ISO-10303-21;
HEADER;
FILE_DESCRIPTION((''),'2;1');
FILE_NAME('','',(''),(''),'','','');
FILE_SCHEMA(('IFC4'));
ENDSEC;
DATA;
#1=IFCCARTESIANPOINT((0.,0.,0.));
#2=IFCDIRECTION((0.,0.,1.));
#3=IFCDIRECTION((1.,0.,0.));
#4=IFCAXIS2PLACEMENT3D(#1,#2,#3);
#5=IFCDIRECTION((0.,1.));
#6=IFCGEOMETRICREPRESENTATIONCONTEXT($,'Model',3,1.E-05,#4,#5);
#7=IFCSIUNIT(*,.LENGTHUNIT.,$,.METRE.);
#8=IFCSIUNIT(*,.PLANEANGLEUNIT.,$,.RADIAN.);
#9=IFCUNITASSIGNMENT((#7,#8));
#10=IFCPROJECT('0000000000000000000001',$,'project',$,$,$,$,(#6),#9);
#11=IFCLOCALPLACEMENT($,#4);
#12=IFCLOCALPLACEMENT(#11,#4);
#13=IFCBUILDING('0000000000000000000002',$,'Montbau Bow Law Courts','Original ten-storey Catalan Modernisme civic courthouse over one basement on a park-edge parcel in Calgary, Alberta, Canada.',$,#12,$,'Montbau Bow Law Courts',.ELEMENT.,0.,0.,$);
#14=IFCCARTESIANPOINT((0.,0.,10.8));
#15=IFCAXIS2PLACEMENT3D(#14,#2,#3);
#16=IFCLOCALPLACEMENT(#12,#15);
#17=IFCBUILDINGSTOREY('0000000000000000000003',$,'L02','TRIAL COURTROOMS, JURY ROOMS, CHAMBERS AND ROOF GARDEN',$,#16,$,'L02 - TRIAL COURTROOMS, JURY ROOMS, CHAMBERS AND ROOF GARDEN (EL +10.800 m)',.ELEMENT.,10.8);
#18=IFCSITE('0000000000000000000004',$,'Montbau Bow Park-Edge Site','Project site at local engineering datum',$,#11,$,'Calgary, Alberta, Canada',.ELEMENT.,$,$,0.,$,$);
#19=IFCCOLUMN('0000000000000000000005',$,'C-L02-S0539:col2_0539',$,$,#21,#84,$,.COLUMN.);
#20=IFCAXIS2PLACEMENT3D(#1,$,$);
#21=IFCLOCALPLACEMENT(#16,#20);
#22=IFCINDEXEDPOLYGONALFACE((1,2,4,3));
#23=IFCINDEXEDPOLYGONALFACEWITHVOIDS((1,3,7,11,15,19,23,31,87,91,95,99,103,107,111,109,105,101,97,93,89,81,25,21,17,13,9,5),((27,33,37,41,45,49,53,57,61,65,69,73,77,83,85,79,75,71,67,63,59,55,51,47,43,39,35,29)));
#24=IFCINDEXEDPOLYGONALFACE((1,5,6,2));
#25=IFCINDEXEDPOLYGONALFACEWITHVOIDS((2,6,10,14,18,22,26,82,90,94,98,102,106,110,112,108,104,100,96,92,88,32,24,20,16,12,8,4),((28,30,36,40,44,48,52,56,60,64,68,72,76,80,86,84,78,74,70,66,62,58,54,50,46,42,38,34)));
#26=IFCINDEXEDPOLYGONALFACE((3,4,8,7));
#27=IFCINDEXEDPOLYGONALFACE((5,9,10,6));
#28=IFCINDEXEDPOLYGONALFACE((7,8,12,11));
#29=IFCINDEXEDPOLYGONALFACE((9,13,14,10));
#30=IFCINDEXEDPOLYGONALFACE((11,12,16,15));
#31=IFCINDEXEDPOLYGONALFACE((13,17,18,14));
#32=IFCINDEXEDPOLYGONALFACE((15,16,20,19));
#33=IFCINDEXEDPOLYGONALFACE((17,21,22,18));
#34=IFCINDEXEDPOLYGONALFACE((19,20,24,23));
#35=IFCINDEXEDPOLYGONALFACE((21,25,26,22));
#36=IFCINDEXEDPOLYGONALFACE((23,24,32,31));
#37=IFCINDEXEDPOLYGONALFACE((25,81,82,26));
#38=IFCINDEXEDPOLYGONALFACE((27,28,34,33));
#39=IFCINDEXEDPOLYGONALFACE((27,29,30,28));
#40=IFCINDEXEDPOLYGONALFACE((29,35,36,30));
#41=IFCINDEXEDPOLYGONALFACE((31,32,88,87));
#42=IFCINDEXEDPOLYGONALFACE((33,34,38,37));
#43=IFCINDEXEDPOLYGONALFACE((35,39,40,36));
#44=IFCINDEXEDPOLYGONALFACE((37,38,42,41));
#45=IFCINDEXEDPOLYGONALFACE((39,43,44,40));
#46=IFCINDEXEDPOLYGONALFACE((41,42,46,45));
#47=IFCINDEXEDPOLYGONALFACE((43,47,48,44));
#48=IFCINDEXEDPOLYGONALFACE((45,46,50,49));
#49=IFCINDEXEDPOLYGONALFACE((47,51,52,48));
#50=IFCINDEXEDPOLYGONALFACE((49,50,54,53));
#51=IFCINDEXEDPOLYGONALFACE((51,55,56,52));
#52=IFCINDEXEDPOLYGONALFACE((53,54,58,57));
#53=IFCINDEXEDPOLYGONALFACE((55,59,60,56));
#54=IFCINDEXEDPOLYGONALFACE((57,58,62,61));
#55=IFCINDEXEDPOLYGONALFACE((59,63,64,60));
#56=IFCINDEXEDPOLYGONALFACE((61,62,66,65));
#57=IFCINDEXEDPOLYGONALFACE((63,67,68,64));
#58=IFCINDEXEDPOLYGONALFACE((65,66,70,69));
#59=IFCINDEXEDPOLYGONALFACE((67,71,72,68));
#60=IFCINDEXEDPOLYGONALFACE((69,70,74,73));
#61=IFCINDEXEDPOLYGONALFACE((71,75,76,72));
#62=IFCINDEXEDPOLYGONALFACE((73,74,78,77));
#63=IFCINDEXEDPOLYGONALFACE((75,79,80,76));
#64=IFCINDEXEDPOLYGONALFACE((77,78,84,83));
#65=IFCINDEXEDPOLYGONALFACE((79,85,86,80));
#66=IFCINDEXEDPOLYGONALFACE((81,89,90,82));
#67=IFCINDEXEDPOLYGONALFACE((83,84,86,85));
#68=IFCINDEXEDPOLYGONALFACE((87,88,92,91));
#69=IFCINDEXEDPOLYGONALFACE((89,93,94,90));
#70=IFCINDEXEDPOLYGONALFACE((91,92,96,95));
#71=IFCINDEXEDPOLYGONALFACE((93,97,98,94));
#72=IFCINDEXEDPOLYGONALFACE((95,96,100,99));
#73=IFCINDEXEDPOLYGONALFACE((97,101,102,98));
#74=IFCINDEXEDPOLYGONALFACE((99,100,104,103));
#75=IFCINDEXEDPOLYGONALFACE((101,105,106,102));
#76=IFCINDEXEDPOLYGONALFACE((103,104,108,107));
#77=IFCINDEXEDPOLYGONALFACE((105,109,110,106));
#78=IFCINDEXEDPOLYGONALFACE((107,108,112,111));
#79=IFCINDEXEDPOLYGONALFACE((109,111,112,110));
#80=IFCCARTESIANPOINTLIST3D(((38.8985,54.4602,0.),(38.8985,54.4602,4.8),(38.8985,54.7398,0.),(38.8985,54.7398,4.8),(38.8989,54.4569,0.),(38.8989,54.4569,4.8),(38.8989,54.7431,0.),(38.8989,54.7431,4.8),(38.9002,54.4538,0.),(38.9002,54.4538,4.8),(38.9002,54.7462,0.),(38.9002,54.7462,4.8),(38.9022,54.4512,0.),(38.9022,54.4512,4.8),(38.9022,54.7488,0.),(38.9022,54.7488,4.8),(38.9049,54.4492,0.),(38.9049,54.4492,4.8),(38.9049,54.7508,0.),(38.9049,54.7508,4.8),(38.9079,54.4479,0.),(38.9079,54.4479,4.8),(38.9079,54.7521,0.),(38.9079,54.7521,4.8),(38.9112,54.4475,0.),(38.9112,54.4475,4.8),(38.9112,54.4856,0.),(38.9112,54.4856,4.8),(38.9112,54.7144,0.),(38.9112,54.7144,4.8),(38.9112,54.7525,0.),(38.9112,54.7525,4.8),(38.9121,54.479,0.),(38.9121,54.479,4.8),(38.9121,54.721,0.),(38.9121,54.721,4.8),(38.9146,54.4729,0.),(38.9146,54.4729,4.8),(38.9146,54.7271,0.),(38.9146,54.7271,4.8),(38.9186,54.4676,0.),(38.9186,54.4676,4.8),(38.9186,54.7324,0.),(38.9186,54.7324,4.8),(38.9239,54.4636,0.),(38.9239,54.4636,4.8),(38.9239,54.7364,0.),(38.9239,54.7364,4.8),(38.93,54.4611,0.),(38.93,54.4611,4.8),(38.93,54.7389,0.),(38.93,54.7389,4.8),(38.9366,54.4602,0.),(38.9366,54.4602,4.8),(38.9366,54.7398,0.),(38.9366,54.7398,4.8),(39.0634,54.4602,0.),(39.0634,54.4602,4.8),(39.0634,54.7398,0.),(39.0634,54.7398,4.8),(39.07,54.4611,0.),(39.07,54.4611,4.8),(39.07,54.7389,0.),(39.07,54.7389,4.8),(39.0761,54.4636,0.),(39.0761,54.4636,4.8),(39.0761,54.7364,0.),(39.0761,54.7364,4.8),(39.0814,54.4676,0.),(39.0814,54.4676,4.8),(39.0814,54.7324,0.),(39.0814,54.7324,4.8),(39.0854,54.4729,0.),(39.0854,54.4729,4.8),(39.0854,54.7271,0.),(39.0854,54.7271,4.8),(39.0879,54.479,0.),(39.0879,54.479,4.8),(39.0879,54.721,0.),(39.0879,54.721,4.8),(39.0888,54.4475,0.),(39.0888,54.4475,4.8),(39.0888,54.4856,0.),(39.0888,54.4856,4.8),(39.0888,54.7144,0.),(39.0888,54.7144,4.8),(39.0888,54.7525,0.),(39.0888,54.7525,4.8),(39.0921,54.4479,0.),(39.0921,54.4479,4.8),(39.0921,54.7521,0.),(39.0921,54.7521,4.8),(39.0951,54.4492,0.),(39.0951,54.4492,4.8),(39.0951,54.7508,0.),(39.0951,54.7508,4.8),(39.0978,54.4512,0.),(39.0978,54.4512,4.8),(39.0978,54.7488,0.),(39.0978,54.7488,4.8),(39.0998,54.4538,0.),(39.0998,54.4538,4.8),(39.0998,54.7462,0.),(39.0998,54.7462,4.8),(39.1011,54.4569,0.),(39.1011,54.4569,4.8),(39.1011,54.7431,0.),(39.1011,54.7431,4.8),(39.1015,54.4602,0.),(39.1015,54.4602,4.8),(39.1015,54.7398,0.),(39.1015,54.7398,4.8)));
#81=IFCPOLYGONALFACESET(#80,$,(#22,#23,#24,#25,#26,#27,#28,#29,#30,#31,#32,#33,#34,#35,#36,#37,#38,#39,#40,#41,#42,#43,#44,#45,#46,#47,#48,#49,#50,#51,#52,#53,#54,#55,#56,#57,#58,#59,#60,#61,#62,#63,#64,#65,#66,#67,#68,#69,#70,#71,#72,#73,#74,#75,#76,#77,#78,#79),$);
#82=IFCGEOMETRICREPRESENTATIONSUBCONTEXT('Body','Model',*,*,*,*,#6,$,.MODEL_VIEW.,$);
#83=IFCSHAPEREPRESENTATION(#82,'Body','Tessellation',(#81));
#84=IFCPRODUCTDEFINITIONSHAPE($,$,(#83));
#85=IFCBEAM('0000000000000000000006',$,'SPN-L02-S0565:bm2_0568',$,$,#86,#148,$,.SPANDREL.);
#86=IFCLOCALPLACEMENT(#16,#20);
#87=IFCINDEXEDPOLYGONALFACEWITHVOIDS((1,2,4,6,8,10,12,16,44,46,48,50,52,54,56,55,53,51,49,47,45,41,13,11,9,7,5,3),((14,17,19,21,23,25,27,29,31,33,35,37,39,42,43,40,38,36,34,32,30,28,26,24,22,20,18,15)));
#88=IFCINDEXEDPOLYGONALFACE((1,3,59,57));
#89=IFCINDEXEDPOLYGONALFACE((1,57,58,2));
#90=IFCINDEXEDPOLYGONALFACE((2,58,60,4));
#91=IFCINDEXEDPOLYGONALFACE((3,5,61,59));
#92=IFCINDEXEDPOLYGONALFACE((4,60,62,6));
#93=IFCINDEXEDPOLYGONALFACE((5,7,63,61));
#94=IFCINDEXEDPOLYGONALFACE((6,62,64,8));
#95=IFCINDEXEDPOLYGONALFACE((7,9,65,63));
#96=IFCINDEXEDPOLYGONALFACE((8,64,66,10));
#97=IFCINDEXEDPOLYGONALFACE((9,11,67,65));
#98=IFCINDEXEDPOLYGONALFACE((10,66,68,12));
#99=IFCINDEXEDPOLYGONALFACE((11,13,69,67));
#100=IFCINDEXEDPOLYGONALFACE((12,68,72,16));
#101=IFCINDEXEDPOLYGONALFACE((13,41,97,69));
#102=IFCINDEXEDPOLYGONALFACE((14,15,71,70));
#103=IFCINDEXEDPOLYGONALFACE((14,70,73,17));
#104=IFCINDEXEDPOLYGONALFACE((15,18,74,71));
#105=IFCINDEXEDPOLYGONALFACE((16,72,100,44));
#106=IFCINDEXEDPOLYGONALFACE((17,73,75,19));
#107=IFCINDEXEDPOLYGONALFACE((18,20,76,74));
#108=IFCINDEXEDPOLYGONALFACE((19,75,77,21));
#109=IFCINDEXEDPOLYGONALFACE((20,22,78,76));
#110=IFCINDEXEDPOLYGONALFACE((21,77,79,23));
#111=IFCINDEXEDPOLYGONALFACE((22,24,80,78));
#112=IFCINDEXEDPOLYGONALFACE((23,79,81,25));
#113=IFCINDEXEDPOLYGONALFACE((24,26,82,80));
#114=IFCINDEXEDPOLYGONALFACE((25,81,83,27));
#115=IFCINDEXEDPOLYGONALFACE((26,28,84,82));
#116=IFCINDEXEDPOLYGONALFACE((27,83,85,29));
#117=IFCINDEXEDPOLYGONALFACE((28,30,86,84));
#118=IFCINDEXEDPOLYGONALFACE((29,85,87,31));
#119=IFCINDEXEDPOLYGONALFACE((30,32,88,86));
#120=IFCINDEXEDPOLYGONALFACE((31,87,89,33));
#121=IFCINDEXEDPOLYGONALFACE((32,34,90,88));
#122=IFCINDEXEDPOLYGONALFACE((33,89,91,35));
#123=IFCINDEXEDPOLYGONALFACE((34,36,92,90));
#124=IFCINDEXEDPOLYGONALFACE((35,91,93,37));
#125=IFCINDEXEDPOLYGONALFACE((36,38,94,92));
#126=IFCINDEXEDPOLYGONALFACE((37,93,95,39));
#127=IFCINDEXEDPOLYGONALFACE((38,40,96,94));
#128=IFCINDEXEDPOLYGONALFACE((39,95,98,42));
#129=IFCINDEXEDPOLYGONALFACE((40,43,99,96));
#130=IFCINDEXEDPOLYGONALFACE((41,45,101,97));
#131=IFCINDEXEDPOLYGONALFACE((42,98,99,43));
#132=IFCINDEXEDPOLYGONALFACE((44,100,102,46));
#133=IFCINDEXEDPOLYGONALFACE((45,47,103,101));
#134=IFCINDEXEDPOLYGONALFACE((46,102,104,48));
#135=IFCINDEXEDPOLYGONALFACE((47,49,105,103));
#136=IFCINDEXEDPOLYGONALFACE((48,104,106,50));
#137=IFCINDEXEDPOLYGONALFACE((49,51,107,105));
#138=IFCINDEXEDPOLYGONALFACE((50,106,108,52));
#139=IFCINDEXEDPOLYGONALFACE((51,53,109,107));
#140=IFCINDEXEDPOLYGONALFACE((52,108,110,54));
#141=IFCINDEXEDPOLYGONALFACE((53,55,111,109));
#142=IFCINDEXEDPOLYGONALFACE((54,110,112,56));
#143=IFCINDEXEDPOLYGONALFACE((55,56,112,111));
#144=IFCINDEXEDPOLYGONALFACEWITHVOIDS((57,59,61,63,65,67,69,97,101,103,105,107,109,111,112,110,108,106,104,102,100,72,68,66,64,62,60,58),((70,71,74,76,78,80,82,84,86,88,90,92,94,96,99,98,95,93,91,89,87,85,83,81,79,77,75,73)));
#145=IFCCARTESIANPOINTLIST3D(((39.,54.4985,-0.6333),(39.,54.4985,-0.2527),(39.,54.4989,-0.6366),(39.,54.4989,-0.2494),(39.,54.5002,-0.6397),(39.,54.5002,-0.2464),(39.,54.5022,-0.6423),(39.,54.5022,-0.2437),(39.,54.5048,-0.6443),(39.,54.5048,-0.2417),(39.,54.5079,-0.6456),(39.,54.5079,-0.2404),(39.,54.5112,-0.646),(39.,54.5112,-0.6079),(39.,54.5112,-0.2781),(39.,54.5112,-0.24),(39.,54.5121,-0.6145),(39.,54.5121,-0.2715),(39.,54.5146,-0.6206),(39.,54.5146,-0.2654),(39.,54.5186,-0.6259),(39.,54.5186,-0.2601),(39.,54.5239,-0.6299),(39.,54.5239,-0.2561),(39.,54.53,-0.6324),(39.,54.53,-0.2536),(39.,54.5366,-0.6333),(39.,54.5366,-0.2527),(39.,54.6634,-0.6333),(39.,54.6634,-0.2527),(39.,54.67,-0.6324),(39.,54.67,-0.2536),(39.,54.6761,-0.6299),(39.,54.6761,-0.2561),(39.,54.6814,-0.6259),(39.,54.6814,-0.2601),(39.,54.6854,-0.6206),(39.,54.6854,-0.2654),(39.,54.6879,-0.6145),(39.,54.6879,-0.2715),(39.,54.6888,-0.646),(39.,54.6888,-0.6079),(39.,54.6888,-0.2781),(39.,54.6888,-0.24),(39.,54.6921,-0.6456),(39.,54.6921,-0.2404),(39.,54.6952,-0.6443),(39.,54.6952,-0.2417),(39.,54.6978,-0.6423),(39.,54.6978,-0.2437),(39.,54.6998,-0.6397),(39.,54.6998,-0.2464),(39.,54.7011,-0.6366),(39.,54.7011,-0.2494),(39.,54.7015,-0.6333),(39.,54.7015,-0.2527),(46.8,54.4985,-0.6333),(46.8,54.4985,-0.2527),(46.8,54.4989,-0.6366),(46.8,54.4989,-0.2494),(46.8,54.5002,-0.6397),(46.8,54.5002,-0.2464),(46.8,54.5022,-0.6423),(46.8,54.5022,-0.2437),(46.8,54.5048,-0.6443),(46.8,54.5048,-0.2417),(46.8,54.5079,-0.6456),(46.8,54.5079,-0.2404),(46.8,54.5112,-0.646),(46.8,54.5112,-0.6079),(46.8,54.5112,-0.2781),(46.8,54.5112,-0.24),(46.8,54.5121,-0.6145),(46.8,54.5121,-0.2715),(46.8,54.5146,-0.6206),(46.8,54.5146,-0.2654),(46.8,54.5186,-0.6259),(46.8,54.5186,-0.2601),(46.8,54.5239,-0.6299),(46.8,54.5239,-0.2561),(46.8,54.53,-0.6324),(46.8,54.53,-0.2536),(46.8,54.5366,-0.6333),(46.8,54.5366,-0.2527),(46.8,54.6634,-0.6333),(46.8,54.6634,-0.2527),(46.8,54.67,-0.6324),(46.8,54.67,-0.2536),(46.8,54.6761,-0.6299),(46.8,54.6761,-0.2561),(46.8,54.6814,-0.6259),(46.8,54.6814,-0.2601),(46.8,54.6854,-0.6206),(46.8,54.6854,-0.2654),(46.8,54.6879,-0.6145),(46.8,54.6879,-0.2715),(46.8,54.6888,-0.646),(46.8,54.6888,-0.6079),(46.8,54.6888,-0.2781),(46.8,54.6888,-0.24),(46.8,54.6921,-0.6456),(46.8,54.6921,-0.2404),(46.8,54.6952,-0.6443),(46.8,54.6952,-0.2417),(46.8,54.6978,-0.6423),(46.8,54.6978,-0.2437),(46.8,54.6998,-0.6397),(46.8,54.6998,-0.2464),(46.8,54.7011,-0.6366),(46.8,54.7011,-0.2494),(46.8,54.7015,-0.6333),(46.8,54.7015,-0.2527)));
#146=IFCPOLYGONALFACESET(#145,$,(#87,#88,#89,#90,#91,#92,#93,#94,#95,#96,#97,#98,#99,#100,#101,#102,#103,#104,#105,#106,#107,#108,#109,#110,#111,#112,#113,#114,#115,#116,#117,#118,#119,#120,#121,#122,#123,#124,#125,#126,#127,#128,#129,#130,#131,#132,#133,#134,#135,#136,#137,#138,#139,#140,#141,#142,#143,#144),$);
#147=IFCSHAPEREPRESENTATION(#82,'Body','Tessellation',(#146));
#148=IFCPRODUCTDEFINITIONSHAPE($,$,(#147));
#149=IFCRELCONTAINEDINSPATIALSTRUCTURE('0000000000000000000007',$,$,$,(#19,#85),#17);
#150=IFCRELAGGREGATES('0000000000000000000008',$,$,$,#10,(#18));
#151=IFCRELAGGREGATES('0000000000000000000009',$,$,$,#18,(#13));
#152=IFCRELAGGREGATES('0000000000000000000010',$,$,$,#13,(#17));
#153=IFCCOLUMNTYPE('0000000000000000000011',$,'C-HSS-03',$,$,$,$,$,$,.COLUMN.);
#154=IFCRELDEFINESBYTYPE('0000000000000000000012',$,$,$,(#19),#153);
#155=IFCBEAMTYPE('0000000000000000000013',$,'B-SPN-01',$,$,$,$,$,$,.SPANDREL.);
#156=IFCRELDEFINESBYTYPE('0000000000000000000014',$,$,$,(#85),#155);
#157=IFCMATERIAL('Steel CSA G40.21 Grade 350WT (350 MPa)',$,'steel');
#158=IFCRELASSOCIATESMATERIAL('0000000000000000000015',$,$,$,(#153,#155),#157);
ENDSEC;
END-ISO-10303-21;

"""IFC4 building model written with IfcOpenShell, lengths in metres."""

from ifc_helpers import new_model, si_unit, direction, frame, origin_with_axes, origin_2d_with_axis, place, context, subcontext, project, spatial, hollow_rectangle, extrude, material, material_profile, profile_set, type_object, element, save


model = new_model("IFC4")

# Units and contexts
model_context = context("Model", 3, precision=1e-05, world=origin_with_axes(), true_north=direction((0.0, 1.0)))
body_context = subcontext(model_context, "Body", "Model", "MODEL_VIEW")
ifc_project = project(units=[si_unit("LENGTHUNIT", "METRE"), si_unit("PLANEANGLEUNIT", "RADIAN")], contexts=[model_context])

# Site, building, storey
site_placement = place(None, origin_with_axes())
site = spatial("IfcSite", under=ifc_project, at=site_placement, Name="Montbau Bow Park-Edge Site", Description="Project site at local engineering datum", LongName="Calgary, Alberta, Canada", CompositionType="ELEMENT", RefElevation=0.0)
building_placement = place(site_placement, origin_with_axes())
building = spatial("IfcBuilding", under=site, at=building_placement, Name="Montbau Bow Law Courts", Description="Original ten-storey Catalan Modernisme civic courthouse over one basement on a park-edge parcel in Calgary, Alberta, Canada.", LongName="Montbau Bow Law Courts", CompositionType="ELEMENT", ElevationOfRefHeight=0.0, ElevationOfTerrain=0.0)
storey_placement = place(building_placement, frame((0.0, 0.0, 10.8), z_axis=(0.0, 0.0, 1.0), x_axis=(1.0, 0.0, 0.0)))
storey = spatial("IfcBuildingStorey", under=building, at=storey_placement, Name="L02", Description="TRIAL COURTROOMS, JURY ROOMS, CHAMBERS AND ROOF GARDEN", LongName="L02 - TRIAL COURTROOMS, JURY ROOMS, CHAMBERS AND ROOF GARDEN (EL +10.800 m)", CompositionType="ELEMENT", Elevation=10.8)

# Column
ifc_material_1 = material(Name="Steel CSA G40.21 Grade 350WT (350 MPa)", Category="steel")
ifc_material_profile_1 = material_profile(ifc_material_1, hollow_rectangle(XDim=0.203, YDim=0.305, WallThickness=0.0127, InnerFilletRadius=0.0254, OuterFilletRadius=0.0127, at=origin_2d_with_axis()), Name="HSS305X203X13", Category="Main", Priority=0)
ifc_profile_set_1 = profile_set([ifc_material_profile_1], Name="Steel CSA G40.21 Grade 350WT (350 MPa)")
column_type = type_object("IfcColumnType", Name="C-HSS-03", PredefinedType="COLUMN", material=ifc_profile_set_1)
column_placement = place(None, frame((39.0, 54.6, 10.8), z_axis=(0.0, 0.0, 1.0), x_axis=(1.0, 0.0, 0.0)))
element("IfcColumn", 1, at=column_placement, inside=storey, type_object=column_type, Name="C-L02-S0539:col2_0539", PredefinedType="COLUMN", context=body_context, shape_type="SweptSolid", body=[
    extrude(hollow_rectangle(XDim=0.203, YDim=0.305, WallThickness=0.0127, InnerFilletRadius=0.0254, OuterFilletRadius=0.0127, at=origin_2d_with_axis()), origin_with_axes(), (0.0, 0.0, 1.0), 4.8),
])

# Beam
ifc_material_profile_2 = material_profile(ifc_material_1, hollow_rectangle(XDim=0.203, YDim=0.406, WallThickness=0.0127, InnerFilletRadius=0.0254, OuterFilletRadius=0.0127, at=origin_2d_with_axis()), Name="HSS406X203X13", Category="Main", Priority=0)
ifc_profile_set_2 = profile_set([ifc_material_profile_2], Name="Steel CSA G40.21 Grade 350WT (350 MPa)")
beam_type = type_object("IfcBeamType", Name="B-SPN-01", PredefinedType="SPANDREL", material=ifc_profile_set_2)
beam_placement = place(None, frame((39.0, 54.6, 10.357), z_axis=(1.0, 0.0, 0.0), x_axis=(0.0, 1.0, 0.0)))
element("IfcBeam", 2, at=beam_placement, inside=storey, type_object=beam_type, Name="SPN-L02-S0565:bm2_0568", PredefinedType="SPANDREL", context=body_context, shape_type="SweptSolid", body=[
    extrude(hollow_rectangle(XDim=0.203, YDim=0.406, WallThickness=0.0127, InnerFilletRadius=0.0254, OuterFilletRadius=0.0127, at=origin_2d_with_axis()), origin_with_axes(), (0.0, 0.0, 1.0), 7.8),
])

save(model, "model.ifc")
